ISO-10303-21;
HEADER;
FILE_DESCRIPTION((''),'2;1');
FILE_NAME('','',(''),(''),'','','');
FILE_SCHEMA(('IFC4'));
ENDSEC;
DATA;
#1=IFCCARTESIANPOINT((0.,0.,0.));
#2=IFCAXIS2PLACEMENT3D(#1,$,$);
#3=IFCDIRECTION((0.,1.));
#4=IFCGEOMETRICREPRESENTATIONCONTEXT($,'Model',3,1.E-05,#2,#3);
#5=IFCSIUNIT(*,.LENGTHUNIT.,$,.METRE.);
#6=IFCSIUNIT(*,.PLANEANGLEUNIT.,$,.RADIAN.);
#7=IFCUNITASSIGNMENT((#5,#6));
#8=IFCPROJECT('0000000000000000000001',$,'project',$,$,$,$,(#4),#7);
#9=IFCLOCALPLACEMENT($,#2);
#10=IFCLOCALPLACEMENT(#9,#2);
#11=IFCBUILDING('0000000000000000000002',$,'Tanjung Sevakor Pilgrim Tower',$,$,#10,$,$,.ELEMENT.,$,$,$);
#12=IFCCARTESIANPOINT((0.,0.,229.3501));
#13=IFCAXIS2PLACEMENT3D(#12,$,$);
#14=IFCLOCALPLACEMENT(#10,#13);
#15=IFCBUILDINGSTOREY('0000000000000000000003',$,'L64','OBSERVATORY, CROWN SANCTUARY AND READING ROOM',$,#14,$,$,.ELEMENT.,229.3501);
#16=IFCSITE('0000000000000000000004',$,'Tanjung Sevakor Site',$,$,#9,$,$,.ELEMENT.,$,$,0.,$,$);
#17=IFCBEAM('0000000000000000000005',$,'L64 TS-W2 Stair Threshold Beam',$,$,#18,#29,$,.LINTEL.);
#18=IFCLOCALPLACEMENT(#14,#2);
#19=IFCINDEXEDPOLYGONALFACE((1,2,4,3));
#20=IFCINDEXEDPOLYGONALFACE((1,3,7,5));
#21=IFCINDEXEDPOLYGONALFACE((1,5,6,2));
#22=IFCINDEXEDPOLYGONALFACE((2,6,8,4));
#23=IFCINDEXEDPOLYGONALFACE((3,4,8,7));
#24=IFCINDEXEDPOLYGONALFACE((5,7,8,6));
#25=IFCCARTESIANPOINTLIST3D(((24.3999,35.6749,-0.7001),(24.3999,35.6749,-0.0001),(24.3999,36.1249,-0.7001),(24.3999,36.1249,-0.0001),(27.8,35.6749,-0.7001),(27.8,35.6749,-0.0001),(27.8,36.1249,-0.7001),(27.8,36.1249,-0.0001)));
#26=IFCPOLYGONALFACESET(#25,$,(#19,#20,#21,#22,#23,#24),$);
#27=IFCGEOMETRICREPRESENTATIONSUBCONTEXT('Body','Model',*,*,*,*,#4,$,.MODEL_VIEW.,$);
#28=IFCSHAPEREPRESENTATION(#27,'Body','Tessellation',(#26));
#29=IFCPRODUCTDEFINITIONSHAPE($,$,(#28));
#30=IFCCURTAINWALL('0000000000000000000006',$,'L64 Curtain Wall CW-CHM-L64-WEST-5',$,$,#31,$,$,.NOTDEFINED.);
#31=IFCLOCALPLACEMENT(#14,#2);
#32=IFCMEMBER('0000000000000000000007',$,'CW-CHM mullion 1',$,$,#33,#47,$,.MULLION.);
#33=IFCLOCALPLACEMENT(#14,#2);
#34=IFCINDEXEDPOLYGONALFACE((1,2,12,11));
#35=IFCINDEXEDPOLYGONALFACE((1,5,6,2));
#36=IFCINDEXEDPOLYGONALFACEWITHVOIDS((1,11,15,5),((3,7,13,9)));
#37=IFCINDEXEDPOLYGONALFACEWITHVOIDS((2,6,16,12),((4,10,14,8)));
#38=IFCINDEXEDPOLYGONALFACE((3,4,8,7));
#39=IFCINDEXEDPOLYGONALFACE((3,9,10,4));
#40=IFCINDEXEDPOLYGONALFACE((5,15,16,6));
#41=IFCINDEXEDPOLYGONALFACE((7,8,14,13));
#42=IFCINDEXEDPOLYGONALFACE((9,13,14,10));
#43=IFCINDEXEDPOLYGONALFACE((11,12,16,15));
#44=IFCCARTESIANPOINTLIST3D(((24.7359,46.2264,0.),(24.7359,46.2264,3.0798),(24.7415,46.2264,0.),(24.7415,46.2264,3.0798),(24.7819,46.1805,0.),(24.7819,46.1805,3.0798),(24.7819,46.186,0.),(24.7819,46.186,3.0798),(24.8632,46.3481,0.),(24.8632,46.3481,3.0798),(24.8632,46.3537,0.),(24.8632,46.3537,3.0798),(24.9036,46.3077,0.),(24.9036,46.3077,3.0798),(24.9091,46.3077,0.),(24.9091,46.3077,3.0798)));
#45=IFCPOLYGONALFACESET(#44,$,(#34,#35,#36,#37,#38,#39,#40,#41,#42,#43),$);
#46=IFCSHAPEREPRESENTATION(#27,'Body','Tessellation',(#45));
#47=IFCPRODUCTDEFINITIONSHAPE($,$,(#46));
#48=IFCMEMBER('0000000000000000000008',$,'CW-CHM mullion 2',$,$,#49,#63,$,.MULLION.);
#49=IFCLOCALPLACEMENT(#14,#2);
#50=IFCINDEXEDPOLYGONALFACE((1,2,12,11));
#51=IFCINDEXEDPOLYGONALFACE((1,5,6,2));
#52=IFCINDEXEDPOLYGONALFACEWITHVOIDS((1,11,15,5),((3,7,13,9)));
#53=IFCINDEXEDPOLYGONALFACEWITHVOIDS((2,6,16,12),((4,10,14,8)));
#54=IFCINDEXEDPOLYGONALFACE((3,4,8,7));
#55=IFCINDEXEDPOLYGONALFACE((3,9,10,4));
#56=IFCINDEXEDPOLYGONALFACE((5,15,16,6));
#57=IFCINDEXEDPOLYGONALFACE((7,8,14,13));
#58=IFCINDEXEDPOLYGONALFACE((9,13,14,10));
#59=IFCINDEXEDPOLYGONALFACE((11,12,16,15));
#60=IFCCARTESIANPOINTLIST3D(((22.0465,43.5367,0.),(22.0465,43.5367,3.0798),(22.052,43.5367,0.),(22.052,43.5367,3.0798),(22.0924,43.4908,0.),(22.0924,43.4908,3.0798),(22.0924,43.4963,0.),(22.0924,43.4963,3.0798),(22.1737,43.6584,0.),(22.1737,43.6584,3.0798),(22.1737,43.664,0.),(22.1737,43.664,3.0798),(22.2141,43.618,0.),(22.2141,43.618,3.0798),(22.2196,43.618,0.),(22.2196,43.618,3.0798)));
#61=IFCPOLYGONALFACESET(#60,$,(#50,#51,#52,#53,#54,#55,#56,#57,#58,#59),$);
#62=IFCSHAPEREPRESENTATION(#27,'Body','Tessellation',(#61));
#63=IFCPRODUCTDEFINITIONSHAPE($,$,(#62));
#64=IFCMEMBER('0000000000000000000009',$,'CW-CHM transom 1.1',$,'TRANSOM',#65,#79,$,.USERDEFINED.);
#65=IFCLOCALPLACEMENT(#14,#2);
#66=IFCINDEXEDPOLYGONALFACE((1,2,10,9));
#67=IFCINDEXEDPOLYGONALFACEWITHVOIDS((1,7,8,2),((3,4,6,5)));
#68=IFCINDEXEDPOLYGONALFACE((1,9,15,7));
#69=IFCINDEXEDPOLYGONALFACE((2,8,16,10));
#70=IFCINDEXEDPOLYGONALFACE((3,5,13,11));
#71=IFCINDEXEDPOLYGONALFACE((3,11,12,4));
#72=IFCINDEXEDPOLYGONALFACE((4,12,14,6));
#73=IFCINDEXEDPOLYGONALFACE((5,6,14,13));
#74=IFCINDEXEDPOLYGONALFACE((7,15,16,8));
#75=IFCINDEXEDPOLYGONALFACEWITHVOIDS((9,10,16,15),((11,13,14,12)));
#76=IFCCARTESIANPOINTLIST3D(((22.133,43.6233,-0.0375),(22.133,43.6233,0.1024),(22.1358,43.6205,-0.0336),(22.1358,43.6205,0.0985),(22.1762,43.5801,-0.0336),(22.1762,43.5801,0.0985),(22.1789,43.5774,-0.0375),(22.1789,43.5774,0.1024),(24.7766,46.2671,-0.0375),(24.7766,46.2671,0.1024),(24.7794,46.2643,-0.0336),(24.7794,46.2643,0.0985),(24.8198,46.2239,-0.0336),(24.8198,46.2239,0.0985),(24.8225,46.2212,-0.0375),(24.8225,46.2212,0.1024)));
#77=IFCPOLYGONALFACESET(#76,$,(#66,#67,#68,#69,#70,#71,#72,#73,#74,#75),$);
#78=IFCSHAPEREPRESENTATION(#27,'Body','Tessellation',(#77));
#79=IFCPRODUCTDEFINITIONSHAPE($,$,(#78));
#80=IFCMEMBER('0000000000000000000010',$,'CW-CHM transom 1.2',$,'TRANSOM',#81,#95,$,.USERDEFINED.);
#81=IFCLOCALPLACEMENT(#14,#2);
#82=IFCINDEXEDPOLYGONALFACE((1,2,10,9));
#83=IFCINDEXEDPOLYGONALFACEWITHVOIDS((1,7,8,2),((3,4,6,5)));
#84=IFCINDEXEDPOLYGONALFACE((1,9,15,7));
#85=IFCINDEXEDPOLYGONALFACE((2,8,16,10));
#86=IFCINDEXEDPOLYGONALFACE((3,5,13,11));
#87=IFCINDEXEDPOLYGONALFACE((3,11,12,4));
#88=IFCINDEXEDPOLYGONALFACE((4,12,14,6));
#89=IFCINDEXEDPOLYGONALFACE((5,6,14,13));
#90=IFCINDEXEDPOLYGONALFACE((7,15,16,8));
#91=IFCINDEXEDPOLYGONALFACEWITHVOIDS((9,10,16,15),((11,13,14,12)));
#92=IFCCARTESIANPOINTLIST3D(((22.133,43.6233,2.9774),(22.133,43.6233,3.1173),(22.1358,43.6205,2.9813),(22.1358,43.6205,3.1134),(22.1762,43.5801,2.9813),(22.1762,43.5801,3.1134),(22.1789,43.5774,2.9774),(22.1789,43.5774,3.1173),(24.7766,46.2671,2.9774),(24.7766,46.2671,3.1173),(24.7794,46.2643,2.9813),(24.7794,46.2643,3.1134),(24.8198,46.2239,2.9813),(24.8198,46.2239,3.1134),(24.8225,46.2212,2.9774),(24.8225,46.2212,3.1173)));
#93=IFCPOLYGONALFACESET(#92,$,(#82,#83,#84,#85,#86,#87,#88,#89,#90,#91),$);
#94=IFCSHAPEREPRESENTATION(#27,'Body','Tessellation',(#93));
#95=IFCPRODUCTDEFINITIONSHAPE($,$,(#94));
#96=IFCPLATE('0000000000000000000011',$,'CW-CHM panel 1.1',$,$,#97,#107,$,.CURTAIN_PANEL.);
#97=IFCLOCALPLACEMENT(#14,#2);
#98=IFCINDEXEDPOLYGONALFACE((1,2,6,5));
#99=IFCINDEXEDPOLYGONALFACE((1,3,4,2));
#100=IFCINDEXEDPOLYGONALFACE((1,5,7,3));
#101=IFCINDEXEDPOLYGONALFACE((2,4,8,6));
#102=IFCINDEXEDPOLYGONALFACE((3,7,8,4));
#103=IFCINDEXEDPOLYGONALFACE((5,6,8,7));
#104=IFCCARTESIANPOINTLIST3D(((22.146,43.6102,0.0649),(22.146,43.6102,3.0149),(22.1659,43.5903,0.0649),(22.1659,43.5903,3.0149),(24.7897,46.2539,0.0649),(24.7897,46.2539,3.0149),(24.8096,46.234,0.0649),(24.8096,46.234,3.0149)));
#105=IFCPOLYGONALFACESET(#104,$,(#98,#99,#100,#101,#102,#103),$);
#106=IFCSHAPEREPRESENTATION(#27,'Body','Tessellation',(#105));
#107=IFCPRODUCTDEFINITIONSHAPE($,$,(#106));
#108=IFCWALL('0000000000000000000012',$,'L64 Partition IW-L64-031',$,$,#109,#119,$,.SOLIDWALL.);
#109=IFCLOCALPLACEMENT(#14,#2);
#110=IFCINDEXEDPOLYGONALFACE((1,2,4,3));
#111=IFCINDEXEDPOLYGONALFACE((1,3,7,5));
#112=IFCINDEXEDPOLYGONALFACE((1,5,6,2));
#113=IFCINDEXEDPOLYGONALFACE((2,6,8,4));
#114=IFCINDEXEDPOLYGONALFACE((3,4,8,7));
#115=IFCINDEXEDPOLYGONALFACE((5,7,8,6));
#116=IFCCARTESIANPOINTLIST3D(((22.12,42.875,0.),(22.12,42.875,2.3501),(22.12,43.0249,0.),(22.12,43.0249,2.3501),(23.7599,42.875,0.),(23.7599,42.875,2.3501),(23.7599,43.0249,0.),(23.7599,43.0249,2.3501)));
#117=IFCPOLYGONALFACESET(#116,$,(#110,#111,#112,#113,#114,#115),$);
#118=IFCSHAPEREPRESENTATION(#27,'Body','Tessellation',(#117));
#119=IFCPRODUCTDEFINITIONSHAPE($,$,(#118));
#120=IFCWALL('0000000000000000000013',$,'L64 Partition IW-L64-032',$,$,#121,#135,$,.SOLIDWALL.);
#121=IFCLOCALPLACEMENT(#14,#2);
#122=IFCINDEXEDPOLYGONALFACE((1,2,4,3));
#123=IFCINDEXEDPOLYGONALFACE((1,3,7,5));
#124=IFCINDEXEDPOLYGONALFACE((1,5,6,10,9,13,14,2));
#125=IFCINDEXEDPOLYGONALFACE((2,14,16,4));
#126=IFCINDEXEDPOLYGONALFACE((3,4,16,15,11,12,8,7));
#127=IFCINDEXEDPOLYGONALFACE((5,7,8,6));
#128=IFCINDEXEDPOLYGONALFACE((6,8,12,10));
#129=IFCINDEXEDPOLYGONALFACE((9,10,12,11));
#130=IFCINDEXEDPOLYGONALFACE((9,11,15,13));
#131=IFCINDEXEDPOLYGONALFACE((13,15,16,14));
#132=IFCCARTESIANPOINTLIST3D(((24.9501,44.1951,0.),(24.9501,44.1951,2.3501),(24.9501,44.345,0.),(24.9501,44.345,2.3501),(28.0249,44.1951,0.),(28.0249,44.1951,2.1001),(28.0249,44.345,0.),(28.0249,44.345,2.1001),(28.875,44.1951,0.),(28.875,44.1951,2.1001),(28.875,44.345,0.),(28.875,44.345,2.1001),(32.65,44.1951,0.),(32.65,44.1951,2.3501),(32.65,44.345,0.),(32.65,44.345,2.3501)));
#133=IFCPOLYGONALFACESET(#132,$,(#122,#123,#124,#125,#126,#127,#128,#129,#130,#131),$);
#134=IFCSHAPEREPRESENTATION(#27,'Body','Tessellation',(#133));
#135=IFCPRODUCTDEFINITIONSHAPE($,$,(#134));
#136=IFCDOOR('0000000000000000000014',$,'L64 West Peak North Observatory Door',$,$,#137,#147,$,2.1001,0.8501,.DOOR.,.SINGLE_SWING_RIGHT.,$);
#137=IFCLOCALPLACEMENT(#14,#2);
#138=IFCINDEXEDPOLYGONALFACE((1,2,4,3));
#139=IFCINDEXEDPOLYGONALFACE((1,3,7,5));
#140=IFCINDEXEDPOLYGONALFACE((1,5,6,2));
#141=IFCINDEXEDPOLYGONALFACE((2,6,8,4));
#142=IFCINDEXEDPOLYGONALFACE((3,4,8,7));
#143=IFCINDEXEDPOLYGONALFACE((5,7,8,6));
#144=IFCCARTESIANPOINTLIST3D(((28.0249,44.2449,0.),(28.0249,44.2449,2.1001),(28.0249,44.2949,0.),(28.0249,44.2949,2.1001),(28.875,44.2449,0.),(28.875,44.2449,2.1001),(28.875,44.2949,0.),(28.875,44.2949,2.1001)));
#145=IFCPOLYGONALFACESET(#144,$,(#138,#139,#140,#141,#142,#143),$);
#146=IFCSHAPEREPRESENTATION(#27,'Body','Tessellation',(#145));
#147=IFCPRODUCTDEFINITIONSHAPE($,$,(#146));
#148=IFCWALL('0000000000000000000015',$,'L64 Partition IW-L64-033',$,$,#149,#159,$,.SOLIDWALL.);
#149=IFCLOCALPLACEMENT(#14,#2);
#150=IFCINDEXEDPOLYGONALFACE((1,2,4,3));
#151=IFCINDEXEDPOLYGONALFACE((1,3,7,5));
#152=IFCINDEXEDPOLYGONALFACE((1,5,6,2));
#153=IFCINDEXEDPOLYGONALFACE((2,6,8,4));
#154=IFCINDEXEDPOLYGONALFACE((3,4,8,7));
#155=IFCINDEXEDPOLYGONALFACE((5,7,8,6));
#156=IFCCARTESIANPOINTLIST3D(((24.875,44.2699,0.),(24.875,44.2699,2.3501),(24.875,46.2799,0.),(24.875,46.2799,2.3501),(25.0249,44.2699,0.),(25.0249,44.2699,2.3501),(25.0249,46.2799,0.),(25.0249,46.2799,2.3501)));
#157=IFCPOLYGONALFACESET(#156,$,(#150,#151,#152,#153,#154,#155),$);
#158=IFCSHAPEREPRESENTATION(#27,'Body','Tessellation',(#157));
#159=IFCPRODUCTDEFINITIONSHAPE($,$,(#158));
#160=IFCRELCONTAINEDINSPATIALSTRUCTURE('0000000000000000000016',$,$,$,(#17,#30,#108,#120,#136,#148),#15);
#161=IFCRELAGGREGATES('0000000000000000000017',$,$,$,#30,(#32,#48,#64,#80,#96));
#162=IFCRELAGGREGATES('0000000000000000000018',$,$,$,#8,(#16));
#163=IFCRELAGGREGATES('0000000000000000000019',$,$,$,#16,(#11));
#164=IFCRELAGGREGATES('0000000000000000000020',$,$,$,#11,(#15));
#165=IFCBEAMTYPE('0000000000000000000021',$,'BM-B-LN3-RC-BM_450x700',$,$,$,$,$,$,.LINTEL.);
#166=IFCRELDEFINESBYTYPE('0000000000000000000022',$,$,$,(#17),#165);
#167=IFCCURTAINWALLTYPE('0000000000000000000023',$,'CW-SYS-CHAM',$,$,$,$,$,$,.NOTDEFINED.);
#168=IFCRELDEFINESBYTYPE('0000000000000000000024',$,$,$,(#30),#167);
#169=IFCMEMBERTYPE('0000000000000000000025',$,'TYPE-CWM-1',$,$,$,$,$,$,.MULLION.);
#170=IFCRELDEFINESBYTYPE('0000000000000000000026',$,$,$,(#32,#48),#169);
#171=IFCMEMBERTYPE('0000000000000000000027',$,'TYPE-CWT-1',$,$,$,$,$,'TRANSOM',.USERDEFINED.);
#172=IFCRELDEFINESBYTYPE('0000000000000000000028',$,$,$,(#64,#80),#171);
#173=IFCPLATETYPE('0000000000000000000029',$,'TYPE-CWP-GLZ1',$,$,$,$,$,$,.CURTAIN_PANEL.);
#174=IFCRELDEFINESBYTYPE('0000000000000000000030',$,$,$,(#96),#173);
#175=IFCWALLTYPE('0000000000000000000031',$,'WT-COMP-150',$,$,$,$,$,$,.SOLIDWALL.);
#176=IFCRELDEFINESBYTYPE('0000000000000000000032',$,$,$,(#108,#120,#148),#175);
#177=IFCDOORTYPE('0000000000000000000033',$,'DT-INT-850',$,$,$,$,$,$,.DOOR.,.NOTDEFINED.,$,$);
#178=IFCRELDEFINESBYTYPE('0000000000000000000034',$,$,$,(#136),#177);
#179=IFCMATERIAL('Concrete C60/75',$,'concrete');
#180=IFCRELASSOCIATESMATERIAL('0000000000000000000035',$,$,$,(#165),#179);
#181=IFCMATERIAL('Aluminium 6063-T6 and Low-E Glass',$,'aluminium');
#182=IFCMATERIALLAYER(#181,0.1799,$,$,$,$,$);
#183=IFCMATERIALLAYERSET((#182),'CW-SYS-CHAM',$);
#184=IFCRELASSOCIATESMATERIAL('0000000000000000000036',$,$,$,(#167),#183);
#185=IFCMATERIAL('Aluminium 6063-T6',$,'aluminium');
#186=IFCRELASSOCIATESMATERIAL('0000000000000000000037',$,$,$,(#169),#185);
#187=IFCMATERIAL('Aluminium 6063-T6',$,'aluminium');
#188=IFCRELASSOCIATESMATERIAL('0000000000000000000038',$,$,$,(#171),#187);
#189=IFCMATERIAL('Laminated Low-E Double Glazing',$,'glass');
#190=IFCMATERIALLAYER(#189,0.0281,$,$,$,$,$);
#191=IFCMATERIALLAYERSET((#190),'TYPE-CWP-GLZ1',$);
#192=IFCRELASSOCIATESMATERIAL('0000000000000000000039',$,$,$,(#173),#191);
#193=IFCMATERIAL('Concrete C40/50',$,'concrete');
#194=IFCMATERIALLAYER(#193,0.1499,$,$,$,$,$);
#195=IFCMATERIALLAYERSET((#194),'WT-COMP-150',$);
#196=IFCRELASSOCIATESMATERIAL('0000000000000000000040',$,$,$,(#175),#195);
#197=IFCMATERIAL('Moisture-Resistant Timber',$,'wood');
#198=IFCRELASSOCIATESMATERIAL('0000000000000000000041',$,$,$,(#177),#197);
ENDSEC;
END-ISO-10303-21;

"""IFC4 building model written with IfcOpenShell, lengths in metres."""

from ifc_helpers import new_model, si_unit, direction, frame, frame_2d, origin, origin_2d, place, context, subcontext, project, spatial, rectangle, hollow_rectangle, extrude, material, layer, layer_set, material_profile, profile_set, type_object, element, fill, aggregate, save


model = new_model("IFC4")

# Units and contexts
model_context = context("Model", 3, precision=1e-05, world=origin(), true_north=direction((0.0, 1.0)))
body_context = subcontext(model_context, "Body", "Model", "MODEL_VIEW")
ifc_project = project(units=[si_unit("LENGTHUNIT", "METRE"), si_unit("PLANEANGLEUNIT", "RADIAN")], contexts=[model_context])

# Site, building, storey
site_placement = place(None, origin())
site = spatial("IfcSite", under=ifc_project, at=site_placement, Name="Tanjung Sevakor Site", CompositionType="ELEMENT", RefElevation=0.0)
building_placement = place(site_placement, origin())
building = spatial("IfcBuilding", under=site, at=building_placement, Name="Tanjung Sevakor Pilgrim Tower", CompositionType="ELEMENT")
storey_placement = place(building_placement, frame((0.0, 0.0, 229.3501)))
storey = spatial("IfcBuildingStorey", under=building, at=storey_placement, Name="L64", Description="OBSERVATORY, CROWN SANCTUARY AND READING ROOM", CompositionType="ELEMENT", Elevation=229.3501)

# Beam
ifc_material_1 = material(Name="Concrete C60/75", Category="concrete")
ifc_material_profile_1 = material_profile(ifc_material_1, rectangle(XDim=0.45, YDim=0.7, at=origin_2d()))
ifc_profile_set_1 = profile_set([ifc_material_profile_1], Name="Concrete C60/75")
beam_type = type_object("IfcBeamType", Name="BM-B-LN3-RC-BM_450x700", PredefinedType="LINTEL", material=ifc_profile_set_1)
beam_placement = place(storey_placement, frame((24.3999, 35.8999, -0.3501), z_axis=(1.0, 0.0, 0.0), x_axis=(0.0, 1.0, 0.0)))
element("IfcBeam", 1, at=beam_placement, inside=storey, type_object=beam_type, Name="L64 TS-W2 Stair Threshold Beam", PredefinedType="LINTEL", context=body_context, shape_type="SweptSolid", body=[
    extrude(rectangle(XDim=0.45, YDim=0.7, at=origin_2d()), origin(), (0.0, 0.0, 1.0), 3.4001),
])

# Curtain wall, members, plate
ifc_material_2 = material(Name="Aluminium 6063-T6 and Low-E Glass", Category="aluminium")
ifc_layer_1 = layer(ifc_material_2, 0.1799)
ifc_layer_set_1 = layer_set([ifc_layer_1], Name="CW-SYS-CHAM")
curtain_wall_type = type_object("IfcCurtainWallType", Name="CW-SYS-CHAM", PredefinedType="NOTDEFINED", material=ifc_layer_set_1)
curtain_wall_placement = place(storey_placement, origin())
curtain_wall = element("IfcCurtainWall", 2, at=curtain_wall_placement, inside=storey, type_object=curtain_wall_type, Name="L64 Curtain Wall CW-CHM-L64-WEST-5", PredefinedType="NOTDEFINED")
ifc_material_3 = material(Name="Aluminium 6063-T6", Category="aluminium")
ifc_material_profile_2 = material_profile(ifc_material_3, hollow_rectangle(XDim=0.0649, YDim=0.1799, WallThickness=0.0039, at=origin_2d()))
ifc_profile_set_2 = profile_set([ifc_material_profile_2], Name="Aluminium 6063-T6")
member_type_1 = type_object("IfcMemberType", Name="TYPE-CWM-1", PredefinedType="MULLION", material=ifc_profile_set_2)
member_1_placement = place(storey_placement, frame((24.8225, 46.2671, 0.0), z_axis=(0.0, 0.0, 1.0), x_axis=(0.707107, -0.707107, 0.0)))
member_1 = element("IfcMember", 3, at=member_1_placement, type_object=member_type_1, Name="CW-CHM mullion 1", PredefinedType="MULLION", context=body_context, shape_type="SweptSolid", body=[
    extrude(hollow_rectangle(XDim=0.0649, YDim=0.1799, WallThickness=0.0039, at=origin_2d()), origin(), (0.0, 0.0, 1.0), 3.0798),
])
member_2_placement = place(storey_placement, frame((22.1331, 43.5774, 0.0), z_axis=(0.0, 0.0, 1.0), x_axis=(0.707107, -0.707107, 0.0)))
member_2 = element("IfcMember", 4, at=member_2_placement, type_object=member_type_1, Name="CW-CHM mullion 2", PredefinedType="MULLION", context=body_context, shape_type="SweptSolid", body=[
    extrude(hollow_rectangle(XDim=0.0649, YDim=0.1799, WallThickness=0.0039, at=origin_2d()), origin(), (0.0, 0.0, 1.0), 3.0798),
])
ifc_material_4 = material(Name="Aluminium 6063-T6", Category="aluminium")
ifc_material_profile_3 = material_profile(ifc_material_4, hollow_rectangle(XDim=0.0649, YDim=0.1399, WallThickness=0.0039, at=origin_2d()))
ifc_profile_set_3 = profile_set([ifc_material_profile_3], Name="Aluminium 6063-T6")
member_type_2 = type_object("IfcMemberType", Name="TYPE-CWT-1", ElementType="TRANSOM", PredefinedType="USERDEFINED", material=ifc_profile_set_3)
member_3_placement = place(storey_placement, frame((24.7996, 46.2441, 0.0325), z_axis=(-0.707074, -0.707139, 0.0), x_axis=(0.707139, -0.707074, 0.0)))
member_3 = element("IfcMember", 5, at=member_3_placement, type_object=member_type_2, Name="CW-CHM transom 1.1", ObjectType="TRANSOM", PredefinedType="USERDEFINED", context=body_context, shape_type="SweptSolid", body=[
    extrude(hollow_rectangle(XDim=0.0649, YDim=0.1399, WallThickness=0.0039, at=origin_2d()), origin(), (0.0, 0.0, 1.0), 3.7388),
])
member_4_placement = place(storey_placement, frame((24.7996, 46.2441, 3.0474), z_axis=(-0.707074, -0.707139, 0.0), x_axis=(0.707139, -0.707074, 0.0)))
member_4 = element("IfcMember", 6, at=member_4_placement, type_object=member_type_2, Name="CW-CHM transom 1.2", ObjectType="TRANSOM", PredefinedType="USERDEFINED", context=body_context, shape_type="SweptSolid", body=[
    extrude(hollow_rectangle(XDim=0.0649, YDim=0.1399, WallThickness=0.0039, at=origin_2d()), origin(), (0.0, 0.0, 1.0), 3.7388),
])
ifc_material_5 = material(Name="Laminated Low-E Double Glazing", Category="glass")
ifc_layer_2 = layer(ifc_material_5, 0.0281)
ifc_layer_set_2 = layer_set([ifc_layer_2], Name="TYPE-CWP-GLZ1")
plate_type = type_object("IfcPlateType", Name="TYPE-CWP-GLZ1", PredefinedType="CURTAIN_PANEL", material=ifc_layer_set_2)
plate_placement = place(storey_placement, frame((23.4778, 44.9221, 0.0649), z_axis=(0.0, 0.0, 1.0), x_axis=(-0.707107, -0.707107, 0.0)))
plate = element("IfcPlate", 7, at=plate_placement, type_object=plate_type, Name="CW-CHM panel 1.1", PredefinedType="CURTAIN_PANEL", context=body_context, shape_type="SweptSolid", body=[
    extrude(rectangle(XDim=3.7388, YDim=0.0281, at=origin_2d()), origin(), (0.0, 0.0, 1.0), 2.95),
])
aggregate(curtain_wall, [member_1, member_2, member_3, member_4, plate])

# Wall
ifc_material_6 = material(Name="Concrete C40/50", Category="concrete")
ifc_layer_3 = layer(ifc_material_6, 0.1499)
ifc_layer_set_3 = layer_set([ifc_layer_3], Name="WT-COMP-150")
wall_type_1 = type_object("IfcWallType", Name="WT-COMP-150", PredefinedType="SOLIDWALL", material=ifc_layer_set_3)
wall_1_placement = place(storey_placement, frame((22.1201, 42.95, 0.0), z_axis=(0.0, 0.0, 1.0), x_axis=(1.0, 0.0, 0.0)))
element("IfcWall", 8, at=wall_1_placement, inside=storey, type_object=wall_type_1, Name="L64 Partition IW-L64-031", PredefinedType="SOLIDWALL", context=body_context, shape_type="SweptSolid", body=[
    extrude(rectangle(XDim=1.6399, YDim=0.1499, at=frame_2d((0.8198, 0.0))), origin(), (0.0, 0.0, 1.0), 2.3501),
])

# Wall, opening, door
wall_2_placement = place(storey_placement, frame((24.95, 44.27, 0.0), z_axis=(0.0, 0.0, 1.0), x_axis=(1.0, 0.0, 0.0)))
wall_2 = element("IfcWall", 9, at=wall_2_placement, inside=storey, type_object=wall_type_1, Name="L64 Partition IW-L64-032", PredefinedType="SOLIDWALL", context=body_context, shape_type="SweptSolid", body=[
    extrude(rectangle(XDim=7.7, YDim=0.1499, at=frame_2d((3.8501, 0.0))), origin(), (0.0, 0.0, 1.0), 2.3501),
])
opening_1_placement = place(wall_2_placement, frame((3.075, 0.0, 0.0)))
opening_1 = element("IfcOpeningElement", 10, at=opening_1_placement, cuts=wall_2, PredefinedType="OPENING", context=body_context, shape_type="SweptSolid", body=[
    extrude(rectangle(XDim=0.8501, YDim=2.1001, at=frame_2d((0.425, 1.05))), frame((0.0, 0.085, 0.0), z_axis=(0.0, -1.0, 0.0), x_axis=(1.0, 0.0, 0.0)), (0.0, 0.0, 1.0), 0.1699),
])
ifc_material_7 = material(Name="Moisture-Resistant Timber", Category="wood")
door_type = type_object("IfcDoorType", Name="DT-INT-850", OperationType="NOTDEFINED", PredefinedType="DOOR", material=ifc_material_7)
door_placement = place(opening_1_placement, origin())
door = element("IfcDoor", 11, at=door_placement, inside=storey, type_object=door_type, Name="L64 West Peak North Observatory Door", OperationType="SINGLE_SWING_RIGHT", OverallHeight=2.1001, OverallWidth=0.8501, PredefinedType="DOOR", context=body_context, shape_type="SweptSolid", body=[
    extrude(rectangle(XDim=0.8501, YDim=2.1001, at=frame_2d((0.425, 1.05))), frame((0.0, 0.0249, 0.0), z_axis=(0.0, -1.0, 0.0), x_axis=(1.0, 0.0, 0.0)), (0.0, 0.0, 1.0), 0.05),
])
fill(opening_1, door)

# Wall
wall_3_placement = place(storey_placement, frame((24.95, 44.27, 0.0), z_axis=(0.0, 0.0, 1.0), x_axis=(0.0, 1.0, 0.0)))
element("IfcWall", 12, at=wall_3_placement, inside=storey, type_object=wall_type_1, Name="L64 Partition IW-L64-033", PredefinedType="SOLIDWALL", context=body_context, shape_type="SweptSolid", body=[
    extrude(rectangle(XDim=2.01, YDim=0.1499, at=frame_2d((1.0049, 0.0))), origin(), (0.0, 0.0, 1.0), 2.3501),
])

save(model, "model.ifc")
